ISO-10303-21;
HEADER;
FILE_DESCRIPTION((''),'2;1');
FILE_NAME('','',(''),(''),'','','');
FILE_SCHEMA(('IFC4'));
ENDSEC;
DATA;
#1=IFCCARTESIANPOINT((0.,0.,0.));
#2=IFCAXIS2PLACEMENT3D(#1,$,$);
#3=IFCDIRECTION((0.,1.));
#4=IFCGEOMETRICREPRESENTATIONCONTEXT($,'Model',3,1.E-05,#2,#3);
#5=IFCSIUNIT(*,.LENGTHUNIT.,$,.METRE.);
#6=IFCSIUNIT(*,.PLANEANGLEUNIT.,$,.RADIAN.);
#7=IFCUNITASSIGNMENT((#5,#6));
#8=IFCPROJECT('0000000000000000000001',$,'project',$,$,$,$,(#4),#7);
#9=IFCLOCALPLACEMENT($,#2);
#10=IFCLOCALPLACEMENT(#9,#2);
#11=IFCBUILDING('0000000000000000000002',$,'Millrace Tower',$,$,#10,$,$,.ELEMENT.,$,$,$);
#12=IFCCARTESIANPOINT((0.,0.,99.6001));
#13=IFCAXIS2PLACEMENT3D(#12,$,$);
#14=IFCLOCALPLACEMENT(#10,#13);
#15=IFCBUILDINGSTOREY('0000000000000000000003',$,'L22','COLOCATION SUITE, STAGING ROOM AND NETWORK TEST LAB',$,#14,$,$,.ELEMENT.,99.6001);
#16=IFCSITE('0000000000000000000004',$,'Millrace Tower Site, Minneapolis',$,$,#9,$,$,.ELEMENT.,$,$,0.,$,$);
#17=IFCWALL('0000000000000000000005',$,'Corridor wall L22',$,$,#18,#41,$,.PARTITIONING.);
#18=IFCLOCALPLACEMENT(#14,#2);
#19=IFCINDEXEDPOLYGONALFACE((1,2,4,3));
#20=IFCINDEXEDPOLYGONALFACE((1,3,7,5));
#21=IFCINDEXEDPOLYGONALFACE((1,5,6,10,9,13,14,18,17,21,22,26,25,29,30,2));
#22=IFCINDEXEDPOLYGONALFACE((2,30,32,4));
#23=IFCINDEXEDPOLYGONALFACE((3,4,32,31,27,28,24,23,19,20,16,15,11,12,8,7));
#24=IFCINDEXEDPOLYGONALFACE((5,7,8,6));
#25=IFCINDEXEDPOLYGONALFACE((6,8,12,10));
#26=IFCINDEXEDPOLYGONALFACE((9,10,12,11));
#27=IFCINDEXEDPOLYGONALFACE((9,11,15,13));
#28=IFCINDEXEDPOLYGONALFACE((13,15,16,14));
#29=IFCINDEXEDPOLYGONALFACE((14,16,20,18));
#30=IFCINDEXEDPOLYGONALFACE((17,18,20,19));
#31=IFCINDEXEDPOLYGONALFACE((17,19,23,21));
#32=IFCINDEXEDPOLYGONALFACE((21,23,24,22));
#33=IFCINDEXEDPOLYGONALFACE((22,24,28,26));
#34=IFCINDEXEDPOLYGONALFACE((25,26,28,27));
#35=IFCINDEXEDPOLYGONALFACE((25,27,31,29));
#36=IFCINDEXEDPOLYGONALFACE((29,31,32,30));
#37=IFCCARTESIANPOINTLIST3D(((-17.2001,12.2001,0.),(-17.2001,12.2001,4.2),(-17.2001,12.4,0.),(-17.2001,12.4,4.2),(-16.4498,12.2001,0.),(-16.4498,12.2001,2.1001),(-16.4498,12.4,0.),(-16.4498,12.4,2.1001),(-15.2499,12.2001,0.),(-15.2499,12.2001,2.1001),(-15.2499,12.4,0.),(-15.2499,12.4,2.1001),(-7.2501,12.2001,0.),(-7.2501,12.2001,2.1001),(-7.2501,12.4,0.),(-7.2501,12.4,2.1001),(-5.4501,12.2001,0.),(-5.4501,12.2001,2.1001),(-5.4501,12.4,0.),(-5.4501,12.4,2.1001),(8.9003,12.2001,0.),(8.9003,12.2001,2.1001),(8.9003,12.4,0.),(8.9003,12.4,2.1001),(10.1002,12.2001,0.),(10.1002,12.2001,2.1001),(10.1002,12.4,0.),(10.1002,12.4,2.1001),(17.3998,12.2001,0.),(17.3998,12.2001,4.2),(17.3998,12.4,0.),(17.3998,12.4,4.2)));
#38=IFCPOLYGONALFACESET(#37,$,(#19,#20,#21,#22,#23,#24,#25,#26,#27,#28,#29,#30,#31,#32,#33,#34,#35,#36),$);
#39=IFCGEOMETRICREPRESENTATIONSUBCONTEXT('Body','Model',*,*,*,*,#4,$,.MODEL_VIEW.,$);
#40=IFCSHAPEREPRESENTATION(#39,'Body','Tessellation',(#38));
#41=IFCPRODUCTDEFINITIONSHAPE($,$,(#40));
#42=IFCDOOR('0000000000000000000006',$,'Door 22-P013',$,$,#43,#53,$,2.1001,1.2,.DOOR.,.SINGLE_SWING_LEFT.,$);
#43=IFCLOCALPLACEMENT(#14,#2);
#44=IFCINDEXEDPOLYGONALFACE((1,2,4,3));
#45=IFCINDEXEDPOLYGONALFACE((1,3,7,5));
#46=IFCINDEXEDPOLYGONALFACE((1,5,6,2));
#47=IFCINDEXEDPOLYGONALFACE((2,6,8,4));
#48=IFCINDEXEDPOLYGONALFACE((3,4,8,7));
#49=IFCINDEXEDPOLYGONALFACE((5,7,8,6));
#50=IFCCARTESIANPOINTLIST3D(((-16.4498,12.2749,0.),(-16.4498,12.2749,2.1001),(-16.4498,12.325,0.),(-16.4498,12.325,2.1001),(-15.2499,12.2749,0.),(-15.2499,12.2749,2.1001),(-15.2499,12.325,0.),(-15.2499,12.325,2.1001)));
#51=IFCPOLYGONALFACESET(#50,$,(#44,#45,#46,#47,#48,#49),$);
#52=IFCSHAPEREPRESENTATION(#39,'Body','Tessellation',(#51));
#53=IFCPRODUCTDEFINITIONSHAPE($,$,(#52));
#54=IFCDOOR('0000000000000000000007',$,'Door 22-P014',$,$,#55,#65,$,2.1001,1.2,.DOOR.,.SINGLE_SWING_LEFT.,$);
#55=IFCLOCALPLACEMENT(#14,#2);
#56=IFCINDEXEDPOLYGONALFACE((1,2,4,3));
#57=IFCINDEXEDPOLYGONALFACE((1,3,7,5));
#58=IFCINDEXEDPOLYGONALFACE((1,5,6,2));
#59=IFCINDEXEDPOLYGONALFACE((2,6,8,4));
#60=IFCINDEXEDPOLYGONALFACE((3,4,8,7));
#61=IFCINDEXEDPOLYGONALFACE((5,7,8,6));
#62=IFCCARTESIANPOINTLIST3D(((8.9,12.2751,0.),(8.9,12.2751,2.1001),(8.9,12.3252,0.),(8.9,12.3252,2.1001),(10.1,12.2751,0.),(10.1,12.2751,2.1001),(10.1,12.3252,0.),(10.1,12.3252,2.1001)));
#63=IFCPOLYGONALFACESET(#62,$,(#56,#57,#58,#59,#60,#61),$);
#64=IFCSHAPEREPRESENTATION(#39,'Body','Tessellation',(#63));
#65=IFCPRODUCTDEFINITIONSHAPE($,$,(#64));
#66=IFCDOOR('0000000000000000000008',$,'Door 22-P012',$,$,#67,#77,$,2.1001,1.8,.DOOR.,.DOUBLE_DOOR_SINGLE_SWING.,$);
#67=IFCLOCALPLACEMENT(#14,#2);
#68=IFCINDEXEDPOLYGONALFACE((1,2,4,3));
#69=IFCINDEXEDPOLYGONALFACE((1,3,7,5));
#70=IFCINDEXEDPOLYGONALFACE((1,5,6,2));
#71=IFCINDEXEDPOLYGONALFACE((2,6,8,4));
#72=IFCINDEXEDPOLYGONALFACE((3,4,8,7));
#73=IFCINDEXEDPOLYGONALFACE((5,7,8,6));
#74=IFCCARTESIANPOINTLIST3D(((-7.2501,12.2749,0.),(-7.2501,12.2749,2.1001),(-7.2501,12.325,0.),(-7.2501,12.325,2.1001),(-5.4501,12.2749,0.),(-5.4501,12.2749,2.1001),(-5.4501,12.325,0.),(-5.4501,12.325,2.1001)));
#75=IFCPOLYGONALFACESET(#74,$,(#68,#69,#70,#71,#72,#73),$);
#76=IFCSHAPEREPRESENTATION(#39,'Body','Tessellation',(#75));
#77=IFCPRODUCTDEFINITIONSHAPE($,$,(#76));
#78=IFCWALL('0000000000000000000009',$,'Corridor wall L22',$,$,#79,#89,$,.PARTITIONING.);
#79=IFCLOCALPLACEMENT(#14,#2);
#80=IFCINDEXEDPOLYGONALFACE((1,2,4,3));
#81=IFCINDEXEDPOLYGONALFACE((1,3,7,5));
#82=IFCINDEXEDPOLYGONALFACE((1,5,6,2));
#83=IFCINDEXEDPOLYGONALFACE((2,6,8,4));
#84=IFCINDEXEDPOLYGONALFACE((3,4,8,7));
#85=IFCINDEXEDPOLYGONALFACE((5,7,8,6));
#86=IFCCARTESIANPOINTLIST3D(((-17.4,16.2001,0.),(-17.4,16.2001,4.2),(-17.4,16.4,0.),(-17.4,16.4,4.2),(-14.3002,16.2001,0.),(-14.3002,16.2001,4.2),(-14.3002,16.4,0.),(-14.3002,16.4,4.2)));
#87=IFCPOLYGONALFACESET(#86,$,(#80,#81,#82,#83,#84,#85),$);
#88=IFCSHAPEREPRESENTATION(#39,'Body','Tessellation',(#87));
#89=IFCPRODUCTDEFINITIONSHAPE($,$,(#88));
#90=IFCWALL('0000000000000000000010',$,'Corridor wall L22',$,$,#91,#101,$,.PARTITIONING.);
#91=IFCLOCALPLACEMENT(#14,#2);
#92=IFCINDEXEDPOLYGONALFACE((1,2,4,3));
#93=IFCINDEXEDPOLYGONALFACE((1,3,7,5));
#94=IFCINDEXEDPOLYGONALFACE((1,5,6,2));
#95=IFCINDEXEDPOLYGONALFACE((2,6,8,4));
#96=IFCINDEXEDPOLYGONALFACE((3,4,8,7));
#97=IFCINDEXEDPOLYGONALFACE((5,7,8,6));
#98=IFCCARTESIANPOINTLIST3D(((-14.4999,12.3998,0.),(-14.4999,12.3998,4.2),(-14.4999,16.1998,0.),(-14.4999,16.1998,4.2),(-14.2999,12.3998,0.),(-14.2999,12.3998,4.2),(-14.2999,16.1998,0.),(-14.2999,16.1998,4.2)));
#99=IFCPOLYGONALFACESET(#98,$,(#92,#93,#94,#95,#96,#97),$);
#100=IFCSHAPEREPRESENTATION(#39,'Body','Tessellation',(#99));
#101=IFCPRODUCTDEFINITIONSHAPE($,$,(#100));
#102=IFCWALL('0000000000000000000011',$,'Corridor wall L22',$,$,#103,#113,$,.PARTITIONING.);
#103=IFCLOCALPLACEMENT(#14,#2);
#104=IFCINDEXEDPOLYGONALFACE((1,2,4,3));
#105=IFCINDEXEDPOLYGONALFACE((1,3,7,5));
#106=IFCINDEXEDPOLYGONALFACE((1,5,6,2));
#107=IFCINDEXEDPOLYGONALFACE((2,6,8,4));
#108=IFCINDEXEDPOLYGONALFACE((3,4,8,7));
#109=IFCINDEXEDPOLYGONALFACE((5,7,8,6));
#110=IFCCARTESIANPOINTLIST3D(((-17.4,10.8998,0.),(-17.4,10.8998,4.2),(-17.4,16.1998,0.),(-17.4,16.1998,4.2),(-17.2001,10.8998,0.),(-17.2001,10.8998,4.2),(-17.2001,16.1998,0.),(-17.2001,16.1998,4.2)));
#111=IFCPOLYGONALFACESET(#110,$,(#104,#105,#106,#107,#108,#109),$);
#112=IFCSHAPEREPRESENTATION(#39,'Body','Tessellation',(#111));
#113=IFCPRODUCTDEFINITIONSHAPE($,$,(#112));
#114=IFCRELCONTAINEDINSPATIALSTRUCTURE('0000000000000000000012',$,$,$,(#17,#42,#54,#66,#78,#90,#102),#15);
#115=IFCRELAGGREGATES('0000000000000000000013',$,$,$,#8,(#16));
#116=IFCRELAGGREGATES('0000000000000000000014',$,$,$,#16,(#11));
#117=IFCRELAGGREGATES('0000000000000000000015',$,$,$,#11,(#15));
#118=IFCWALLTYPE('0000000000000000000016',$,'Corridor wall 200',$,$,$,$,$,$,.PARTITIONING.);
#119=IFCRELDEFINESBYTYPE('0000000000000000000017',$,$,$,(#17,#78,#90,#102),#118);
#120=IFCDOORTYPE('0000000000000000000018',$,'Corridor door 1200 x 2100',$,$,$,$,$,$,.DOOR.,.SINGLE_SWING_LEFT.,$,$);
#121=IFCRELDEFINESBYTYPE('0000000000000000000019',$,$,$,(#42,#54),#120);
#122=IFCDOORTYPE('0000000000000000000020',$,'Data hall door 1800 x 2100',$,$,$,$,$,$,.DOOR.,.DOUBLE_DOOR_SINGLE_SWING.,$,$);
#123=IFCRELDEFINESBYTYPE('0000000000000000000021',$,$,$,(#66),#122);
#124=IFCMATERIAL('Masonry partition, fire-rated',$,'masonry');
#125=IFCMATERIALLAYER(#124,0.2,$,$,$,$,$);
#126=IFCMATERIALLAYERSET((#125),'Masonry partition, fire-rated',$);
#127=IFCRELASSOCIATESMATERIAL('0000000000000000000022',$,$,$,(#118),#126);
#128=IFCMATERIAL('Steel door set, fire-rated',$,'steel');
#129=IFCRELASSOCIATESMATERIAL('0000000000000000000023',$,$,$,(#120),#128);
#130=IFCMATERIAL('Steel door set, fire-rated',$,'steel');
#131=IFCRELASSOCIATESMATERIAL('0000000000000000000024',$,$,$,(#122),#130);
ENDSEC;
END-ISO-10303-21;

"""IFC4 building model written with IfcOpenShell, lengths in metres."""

from ifc_helpers import new_model, si_unit, direction, frame, frame_2d, origin, place, context, subcontext, project, spatial, rectangle, extrude, material, layer, layer_set, type_object, element, fill, save


model = new_model("IFC4")

# Units and contexts
model_context = context("Model", 3, precision=1e-05, world=origin(), true_north=direction((0.0, 1.0)))
body_context = subcontext(model_context, "Body", "Model", "MODEL_VIEW")
ifc_project = project(units=[si_unit("LENGTHUNIT", "METRE"), si_unit("PLANEANGLEUNIT", "RADIAN")], contexts=[model_context])

# Site, building, storey
site_placement = place(None, origin())
site = spatial("IfcSite", under=ifc_project, at=site_placement, Name="Millrace Tower Site, Minneapolis", CompositionType="ELEMENT", RefElevation=0.0)
building_placement = place(site_placement, origin())
building = spatial("IfcBuilding", under=site, at=building_placement, Name="Millrace Tower", CompositionType="ELEMENT")
storey_placement = place(building_placement, frame((0.0, 0.0, 99.6001)))
storey = spatial("IfcBuildingStorey", under=building, at=storey_placement, Name="L22", Description="COLOCATION SUITE, STAGING ROOM AND NETWORK TEST LAB", CompositionType="ELEMENT", Elevation=99.6001)

# Shared definitions
ifc_material_1 = material(Name="Masonry partition, fire-rated", Category="masonry")
ifc_layer_1 = layer(ifc_material_1, 0.2)
ifc_layer_set_1 = layer_set([ifc_layer_1], Name="Masonry partition, fire-rated")
wall_type = type_object("IfcWallType", Name="Corridor wall 200", PredefinedType="PARTITIONING", material=ifc_layer_set_1)

# Wall, openings, doors
wall_1_placement = place(storey_placement, frame((-17.2, 12.3, 0.0), z_axis=(0.0, 0.0, 1.0), x_axis=(1.0, 0.0, 0.0)))
wall_1 = element("IfcWall", 1, at=wall_1_placement, inside=storey, type_object=wall_type, Name="Corridor wall L22", PredefinedType="PARTITIONING", context=body_context, shape_type="SweptSolid", body=[
    extrude(rectangle(XDim=34.5999, YDim=0.2, at=frame_2d((17.2998, 0.0))), origin(), (0.0, 0.0, 1.0), 4.2),
])
opening_1_placement = place(wall_1_placement, frame((9.95, 0.0, 0.0)))
opening_1 = element("IfcOpeningElement", 2, at=opening_1_placement, cuts=wall_1, PredefinedType="OPENING", context=body_context, shape_type="SweptSolid", body=[
    extrude(rectangle(XDim=1.8, YDim=2.1001, at=frame_2d((0.8999, 1.05))), frame((0.0, 0.1099, 0.0), z_axis=(0.0, -1.0, 0.0), x_axis=(1.0, 0.0, 0.0)), (0.0, 0.0, 1.0), 0.22),
])
opening_2_placement = place(wall_1_placement, frame((0.75, 0.0, 0.0)))
opening_2 = element("IfcOpeningElement", 3, at=opening_2_placement, cuts=wall_1, PredefinedType="OPENING", context=body_context, shape_type="SweptSolid", body=[
    extrude(rectangle(XDim=1.2, YDim=2.1001, at=frame_2d((0.6001, 1.05))), frame((0.0, 0.1099, 0.0), z_axis=(0.0, -1.0, 0.0), x_axis=(1.0, 0.0, 0.0)), (0.0, 0.0, 1.0), 0.22),
])
opening_3_placement = place(wall_1_placement, frame((26.1001, 0.0, 0.0)))
opening_3 = element("IfcOpeningElement", 4, at=opening_3_placement, cuts=wall_1, PredefinedType="OPENING", context=body_context, shape_type="SweptSolid", body=[
    extrude(rectangle(XDim=1.2, YDim=2.1001, at=frame_2d((0.6001, 1.05))), frame((0.0, 0.1099, 0.0), z_axis=(0.0, -1.0, 0.0), x_axis=(1.0, 0.0, 0.0)), (0.0, 0.0, 1.0), 0.22),
])
ifc_material_2 = material(Name="Steel door set, fire-rated", Category="steel")
door_type_1 = type_object("IfcDoorType", Name="Corridor door 1200 x 2100", OperationType="SINGLE_SWING_LEFT", PredefinedType="DOOR", material=ifc_material_2)
door_1_placement = place(opening_2_placement, origin())
door_1 = element("IfcDoor", 5, at=door_1_placement, inside=storey, type_object=door_type_1, Name="Door 22-P013", OperationType="SINGLE_SWING_LEFT", OverallHeight=2.1001, OverallWidth=1.2, PredefinedType="DOOR", context=body_context, shape_type="SweptSolid", body=[
    extrude(rectangle(XDim=1.2, YDim=2.1001, at=frame_2d((0.6001, 1.05))), frame((0.0, 0.0249, 0.0), z_axis=(0.0, -1.0, 0.0), x_axis=(1.0, 0.0, 0.0)), (0.0, 0.0, 1.0), 0.05),
])
fill(opening_2, door_1)
door_2_placement = place(opening_3_placement, frame((1.2, 0.0, 0.0), z_axis=(0.0, 0.0, 1.0), x_axis=(-1.0, 0.0, 0.0)))
door_2 = element("IfcDoor", 6, at=door_2_placement, inside=storey, type_object=door_type_1, Name="Door 22-P014", OperationType="SINGLE_SWING_LEFT", OverallHeight=2.1001, OverallWidth=1.2, PredefinedType="DOOR", context=body_context, shape_type="SweptSolid", body=[
    extrude(rectangle(XDim=1.2, YDim=2.1001, at=frame_2d((0.6001, 1.05))), frame((0.0, 0.0249, 0.0), z_axis=(0.0, -1.0, 0.0), x_axis=(1.0, 0.0, 0.0)), (0.0, 0.0, 1.0), 0.05),
])
fill(opening_3, door_2)
ifc_material_3 = material(Name="Steel door set, fire-rated", Category="steel")
door_type_2 = type_object("IfcDoorType", Name="Data hall door 1800 x 2100", OperationType="DOUBLE_DOOR_SINGLE_SWING", PredefinedType="DOOR", material=ifc_material_3)
door_3_placement = place(opening_1_placement, origin())
door_3 = element("IfcDoor", 7, at=door_3_placement, inside=storey, type_object=door_type_2, Name="Door 22-P012", OperationType="DOUBLE_DOOR_SINGLE_SWING", OverallHeight=2.1001, OverallWidth=1.8, PredefinedType="DOOR", context=body_context, shape_type="SweptSolid", body=[
    extrude(rectangle(XDim=1.8, YDim=2.1001, at=frame_2d((0.8999, 1.05))), frame((0.0, 0.0249, 0.0), z_axis=(0.0, -1.0, 0.0), x_axis=(1.0, 0.0, 0.0)), (0.0, 0.0, 1.0), 0.05),
])
fill(opening_1, door_3)

# Walls
wall_2_placement = place(storey_placement, frame((-17.3999, 16.3, 0.0), z_axis=(0.0, 0.0, 1.0), x_axis=(1.0, 0.0, 0.0)))
element("IfcWall", 8, at=wall_2_placement, inside=storey, type_object=wall_type, Name="Corridor wall L22", PredefinedType="PARTITIONING", context=body_context, shape_type="SweptSolid", body=[
    extrude(rectangle(XDim=3.0999, YDim=0.2, at=frame_2d((1.5498, 0.0))), origin(), (0.0, 0.0, 1.0), 4.2),
])
wall_3_placement = place(storey_placement, frame((-14.3999, 12.3999, 0.0), z_axis=(0.0, 0.0, 1.0), x_axis=(0.0, 1.0, 0.0)))
element("IfcWall", 9, at=wall_3_placement, inside=storey, type_object=wall_type, Name="Corridor wall L22", PredefinedType="PARTITIONING", context=body_context, shape_type="SweptSolid", body=[
    extrude(rectangle(XDim=3.8, YDim=0.2, at=frame_2d((1.8999, 0.0))), origin(), (0.0, 0.0, 1.0), 4.2),
])
wall_4_placement = place(storey_placement, frame((-17.3, 10.8999, 0.0), z_axis=(0.0, 0.0, 1.0), x_axis=(0.0, 1.0, 0.0)))
element("IfcWall", 10, at=wall_4_placement, inside=storey, type_object=wall_type, Name="Corridor wall L22", PredefinedType="PARTITIONING", context=body_context, shape_type="SweptSolid", body=[
    extrude(rectangle(XDim=5.3, YDim=0.2, at=frame_2d((2.6499, 0.0))), origin(), (0.0, 0.0, 1.0), 4.2),
])

save(model, "model.ifc")
